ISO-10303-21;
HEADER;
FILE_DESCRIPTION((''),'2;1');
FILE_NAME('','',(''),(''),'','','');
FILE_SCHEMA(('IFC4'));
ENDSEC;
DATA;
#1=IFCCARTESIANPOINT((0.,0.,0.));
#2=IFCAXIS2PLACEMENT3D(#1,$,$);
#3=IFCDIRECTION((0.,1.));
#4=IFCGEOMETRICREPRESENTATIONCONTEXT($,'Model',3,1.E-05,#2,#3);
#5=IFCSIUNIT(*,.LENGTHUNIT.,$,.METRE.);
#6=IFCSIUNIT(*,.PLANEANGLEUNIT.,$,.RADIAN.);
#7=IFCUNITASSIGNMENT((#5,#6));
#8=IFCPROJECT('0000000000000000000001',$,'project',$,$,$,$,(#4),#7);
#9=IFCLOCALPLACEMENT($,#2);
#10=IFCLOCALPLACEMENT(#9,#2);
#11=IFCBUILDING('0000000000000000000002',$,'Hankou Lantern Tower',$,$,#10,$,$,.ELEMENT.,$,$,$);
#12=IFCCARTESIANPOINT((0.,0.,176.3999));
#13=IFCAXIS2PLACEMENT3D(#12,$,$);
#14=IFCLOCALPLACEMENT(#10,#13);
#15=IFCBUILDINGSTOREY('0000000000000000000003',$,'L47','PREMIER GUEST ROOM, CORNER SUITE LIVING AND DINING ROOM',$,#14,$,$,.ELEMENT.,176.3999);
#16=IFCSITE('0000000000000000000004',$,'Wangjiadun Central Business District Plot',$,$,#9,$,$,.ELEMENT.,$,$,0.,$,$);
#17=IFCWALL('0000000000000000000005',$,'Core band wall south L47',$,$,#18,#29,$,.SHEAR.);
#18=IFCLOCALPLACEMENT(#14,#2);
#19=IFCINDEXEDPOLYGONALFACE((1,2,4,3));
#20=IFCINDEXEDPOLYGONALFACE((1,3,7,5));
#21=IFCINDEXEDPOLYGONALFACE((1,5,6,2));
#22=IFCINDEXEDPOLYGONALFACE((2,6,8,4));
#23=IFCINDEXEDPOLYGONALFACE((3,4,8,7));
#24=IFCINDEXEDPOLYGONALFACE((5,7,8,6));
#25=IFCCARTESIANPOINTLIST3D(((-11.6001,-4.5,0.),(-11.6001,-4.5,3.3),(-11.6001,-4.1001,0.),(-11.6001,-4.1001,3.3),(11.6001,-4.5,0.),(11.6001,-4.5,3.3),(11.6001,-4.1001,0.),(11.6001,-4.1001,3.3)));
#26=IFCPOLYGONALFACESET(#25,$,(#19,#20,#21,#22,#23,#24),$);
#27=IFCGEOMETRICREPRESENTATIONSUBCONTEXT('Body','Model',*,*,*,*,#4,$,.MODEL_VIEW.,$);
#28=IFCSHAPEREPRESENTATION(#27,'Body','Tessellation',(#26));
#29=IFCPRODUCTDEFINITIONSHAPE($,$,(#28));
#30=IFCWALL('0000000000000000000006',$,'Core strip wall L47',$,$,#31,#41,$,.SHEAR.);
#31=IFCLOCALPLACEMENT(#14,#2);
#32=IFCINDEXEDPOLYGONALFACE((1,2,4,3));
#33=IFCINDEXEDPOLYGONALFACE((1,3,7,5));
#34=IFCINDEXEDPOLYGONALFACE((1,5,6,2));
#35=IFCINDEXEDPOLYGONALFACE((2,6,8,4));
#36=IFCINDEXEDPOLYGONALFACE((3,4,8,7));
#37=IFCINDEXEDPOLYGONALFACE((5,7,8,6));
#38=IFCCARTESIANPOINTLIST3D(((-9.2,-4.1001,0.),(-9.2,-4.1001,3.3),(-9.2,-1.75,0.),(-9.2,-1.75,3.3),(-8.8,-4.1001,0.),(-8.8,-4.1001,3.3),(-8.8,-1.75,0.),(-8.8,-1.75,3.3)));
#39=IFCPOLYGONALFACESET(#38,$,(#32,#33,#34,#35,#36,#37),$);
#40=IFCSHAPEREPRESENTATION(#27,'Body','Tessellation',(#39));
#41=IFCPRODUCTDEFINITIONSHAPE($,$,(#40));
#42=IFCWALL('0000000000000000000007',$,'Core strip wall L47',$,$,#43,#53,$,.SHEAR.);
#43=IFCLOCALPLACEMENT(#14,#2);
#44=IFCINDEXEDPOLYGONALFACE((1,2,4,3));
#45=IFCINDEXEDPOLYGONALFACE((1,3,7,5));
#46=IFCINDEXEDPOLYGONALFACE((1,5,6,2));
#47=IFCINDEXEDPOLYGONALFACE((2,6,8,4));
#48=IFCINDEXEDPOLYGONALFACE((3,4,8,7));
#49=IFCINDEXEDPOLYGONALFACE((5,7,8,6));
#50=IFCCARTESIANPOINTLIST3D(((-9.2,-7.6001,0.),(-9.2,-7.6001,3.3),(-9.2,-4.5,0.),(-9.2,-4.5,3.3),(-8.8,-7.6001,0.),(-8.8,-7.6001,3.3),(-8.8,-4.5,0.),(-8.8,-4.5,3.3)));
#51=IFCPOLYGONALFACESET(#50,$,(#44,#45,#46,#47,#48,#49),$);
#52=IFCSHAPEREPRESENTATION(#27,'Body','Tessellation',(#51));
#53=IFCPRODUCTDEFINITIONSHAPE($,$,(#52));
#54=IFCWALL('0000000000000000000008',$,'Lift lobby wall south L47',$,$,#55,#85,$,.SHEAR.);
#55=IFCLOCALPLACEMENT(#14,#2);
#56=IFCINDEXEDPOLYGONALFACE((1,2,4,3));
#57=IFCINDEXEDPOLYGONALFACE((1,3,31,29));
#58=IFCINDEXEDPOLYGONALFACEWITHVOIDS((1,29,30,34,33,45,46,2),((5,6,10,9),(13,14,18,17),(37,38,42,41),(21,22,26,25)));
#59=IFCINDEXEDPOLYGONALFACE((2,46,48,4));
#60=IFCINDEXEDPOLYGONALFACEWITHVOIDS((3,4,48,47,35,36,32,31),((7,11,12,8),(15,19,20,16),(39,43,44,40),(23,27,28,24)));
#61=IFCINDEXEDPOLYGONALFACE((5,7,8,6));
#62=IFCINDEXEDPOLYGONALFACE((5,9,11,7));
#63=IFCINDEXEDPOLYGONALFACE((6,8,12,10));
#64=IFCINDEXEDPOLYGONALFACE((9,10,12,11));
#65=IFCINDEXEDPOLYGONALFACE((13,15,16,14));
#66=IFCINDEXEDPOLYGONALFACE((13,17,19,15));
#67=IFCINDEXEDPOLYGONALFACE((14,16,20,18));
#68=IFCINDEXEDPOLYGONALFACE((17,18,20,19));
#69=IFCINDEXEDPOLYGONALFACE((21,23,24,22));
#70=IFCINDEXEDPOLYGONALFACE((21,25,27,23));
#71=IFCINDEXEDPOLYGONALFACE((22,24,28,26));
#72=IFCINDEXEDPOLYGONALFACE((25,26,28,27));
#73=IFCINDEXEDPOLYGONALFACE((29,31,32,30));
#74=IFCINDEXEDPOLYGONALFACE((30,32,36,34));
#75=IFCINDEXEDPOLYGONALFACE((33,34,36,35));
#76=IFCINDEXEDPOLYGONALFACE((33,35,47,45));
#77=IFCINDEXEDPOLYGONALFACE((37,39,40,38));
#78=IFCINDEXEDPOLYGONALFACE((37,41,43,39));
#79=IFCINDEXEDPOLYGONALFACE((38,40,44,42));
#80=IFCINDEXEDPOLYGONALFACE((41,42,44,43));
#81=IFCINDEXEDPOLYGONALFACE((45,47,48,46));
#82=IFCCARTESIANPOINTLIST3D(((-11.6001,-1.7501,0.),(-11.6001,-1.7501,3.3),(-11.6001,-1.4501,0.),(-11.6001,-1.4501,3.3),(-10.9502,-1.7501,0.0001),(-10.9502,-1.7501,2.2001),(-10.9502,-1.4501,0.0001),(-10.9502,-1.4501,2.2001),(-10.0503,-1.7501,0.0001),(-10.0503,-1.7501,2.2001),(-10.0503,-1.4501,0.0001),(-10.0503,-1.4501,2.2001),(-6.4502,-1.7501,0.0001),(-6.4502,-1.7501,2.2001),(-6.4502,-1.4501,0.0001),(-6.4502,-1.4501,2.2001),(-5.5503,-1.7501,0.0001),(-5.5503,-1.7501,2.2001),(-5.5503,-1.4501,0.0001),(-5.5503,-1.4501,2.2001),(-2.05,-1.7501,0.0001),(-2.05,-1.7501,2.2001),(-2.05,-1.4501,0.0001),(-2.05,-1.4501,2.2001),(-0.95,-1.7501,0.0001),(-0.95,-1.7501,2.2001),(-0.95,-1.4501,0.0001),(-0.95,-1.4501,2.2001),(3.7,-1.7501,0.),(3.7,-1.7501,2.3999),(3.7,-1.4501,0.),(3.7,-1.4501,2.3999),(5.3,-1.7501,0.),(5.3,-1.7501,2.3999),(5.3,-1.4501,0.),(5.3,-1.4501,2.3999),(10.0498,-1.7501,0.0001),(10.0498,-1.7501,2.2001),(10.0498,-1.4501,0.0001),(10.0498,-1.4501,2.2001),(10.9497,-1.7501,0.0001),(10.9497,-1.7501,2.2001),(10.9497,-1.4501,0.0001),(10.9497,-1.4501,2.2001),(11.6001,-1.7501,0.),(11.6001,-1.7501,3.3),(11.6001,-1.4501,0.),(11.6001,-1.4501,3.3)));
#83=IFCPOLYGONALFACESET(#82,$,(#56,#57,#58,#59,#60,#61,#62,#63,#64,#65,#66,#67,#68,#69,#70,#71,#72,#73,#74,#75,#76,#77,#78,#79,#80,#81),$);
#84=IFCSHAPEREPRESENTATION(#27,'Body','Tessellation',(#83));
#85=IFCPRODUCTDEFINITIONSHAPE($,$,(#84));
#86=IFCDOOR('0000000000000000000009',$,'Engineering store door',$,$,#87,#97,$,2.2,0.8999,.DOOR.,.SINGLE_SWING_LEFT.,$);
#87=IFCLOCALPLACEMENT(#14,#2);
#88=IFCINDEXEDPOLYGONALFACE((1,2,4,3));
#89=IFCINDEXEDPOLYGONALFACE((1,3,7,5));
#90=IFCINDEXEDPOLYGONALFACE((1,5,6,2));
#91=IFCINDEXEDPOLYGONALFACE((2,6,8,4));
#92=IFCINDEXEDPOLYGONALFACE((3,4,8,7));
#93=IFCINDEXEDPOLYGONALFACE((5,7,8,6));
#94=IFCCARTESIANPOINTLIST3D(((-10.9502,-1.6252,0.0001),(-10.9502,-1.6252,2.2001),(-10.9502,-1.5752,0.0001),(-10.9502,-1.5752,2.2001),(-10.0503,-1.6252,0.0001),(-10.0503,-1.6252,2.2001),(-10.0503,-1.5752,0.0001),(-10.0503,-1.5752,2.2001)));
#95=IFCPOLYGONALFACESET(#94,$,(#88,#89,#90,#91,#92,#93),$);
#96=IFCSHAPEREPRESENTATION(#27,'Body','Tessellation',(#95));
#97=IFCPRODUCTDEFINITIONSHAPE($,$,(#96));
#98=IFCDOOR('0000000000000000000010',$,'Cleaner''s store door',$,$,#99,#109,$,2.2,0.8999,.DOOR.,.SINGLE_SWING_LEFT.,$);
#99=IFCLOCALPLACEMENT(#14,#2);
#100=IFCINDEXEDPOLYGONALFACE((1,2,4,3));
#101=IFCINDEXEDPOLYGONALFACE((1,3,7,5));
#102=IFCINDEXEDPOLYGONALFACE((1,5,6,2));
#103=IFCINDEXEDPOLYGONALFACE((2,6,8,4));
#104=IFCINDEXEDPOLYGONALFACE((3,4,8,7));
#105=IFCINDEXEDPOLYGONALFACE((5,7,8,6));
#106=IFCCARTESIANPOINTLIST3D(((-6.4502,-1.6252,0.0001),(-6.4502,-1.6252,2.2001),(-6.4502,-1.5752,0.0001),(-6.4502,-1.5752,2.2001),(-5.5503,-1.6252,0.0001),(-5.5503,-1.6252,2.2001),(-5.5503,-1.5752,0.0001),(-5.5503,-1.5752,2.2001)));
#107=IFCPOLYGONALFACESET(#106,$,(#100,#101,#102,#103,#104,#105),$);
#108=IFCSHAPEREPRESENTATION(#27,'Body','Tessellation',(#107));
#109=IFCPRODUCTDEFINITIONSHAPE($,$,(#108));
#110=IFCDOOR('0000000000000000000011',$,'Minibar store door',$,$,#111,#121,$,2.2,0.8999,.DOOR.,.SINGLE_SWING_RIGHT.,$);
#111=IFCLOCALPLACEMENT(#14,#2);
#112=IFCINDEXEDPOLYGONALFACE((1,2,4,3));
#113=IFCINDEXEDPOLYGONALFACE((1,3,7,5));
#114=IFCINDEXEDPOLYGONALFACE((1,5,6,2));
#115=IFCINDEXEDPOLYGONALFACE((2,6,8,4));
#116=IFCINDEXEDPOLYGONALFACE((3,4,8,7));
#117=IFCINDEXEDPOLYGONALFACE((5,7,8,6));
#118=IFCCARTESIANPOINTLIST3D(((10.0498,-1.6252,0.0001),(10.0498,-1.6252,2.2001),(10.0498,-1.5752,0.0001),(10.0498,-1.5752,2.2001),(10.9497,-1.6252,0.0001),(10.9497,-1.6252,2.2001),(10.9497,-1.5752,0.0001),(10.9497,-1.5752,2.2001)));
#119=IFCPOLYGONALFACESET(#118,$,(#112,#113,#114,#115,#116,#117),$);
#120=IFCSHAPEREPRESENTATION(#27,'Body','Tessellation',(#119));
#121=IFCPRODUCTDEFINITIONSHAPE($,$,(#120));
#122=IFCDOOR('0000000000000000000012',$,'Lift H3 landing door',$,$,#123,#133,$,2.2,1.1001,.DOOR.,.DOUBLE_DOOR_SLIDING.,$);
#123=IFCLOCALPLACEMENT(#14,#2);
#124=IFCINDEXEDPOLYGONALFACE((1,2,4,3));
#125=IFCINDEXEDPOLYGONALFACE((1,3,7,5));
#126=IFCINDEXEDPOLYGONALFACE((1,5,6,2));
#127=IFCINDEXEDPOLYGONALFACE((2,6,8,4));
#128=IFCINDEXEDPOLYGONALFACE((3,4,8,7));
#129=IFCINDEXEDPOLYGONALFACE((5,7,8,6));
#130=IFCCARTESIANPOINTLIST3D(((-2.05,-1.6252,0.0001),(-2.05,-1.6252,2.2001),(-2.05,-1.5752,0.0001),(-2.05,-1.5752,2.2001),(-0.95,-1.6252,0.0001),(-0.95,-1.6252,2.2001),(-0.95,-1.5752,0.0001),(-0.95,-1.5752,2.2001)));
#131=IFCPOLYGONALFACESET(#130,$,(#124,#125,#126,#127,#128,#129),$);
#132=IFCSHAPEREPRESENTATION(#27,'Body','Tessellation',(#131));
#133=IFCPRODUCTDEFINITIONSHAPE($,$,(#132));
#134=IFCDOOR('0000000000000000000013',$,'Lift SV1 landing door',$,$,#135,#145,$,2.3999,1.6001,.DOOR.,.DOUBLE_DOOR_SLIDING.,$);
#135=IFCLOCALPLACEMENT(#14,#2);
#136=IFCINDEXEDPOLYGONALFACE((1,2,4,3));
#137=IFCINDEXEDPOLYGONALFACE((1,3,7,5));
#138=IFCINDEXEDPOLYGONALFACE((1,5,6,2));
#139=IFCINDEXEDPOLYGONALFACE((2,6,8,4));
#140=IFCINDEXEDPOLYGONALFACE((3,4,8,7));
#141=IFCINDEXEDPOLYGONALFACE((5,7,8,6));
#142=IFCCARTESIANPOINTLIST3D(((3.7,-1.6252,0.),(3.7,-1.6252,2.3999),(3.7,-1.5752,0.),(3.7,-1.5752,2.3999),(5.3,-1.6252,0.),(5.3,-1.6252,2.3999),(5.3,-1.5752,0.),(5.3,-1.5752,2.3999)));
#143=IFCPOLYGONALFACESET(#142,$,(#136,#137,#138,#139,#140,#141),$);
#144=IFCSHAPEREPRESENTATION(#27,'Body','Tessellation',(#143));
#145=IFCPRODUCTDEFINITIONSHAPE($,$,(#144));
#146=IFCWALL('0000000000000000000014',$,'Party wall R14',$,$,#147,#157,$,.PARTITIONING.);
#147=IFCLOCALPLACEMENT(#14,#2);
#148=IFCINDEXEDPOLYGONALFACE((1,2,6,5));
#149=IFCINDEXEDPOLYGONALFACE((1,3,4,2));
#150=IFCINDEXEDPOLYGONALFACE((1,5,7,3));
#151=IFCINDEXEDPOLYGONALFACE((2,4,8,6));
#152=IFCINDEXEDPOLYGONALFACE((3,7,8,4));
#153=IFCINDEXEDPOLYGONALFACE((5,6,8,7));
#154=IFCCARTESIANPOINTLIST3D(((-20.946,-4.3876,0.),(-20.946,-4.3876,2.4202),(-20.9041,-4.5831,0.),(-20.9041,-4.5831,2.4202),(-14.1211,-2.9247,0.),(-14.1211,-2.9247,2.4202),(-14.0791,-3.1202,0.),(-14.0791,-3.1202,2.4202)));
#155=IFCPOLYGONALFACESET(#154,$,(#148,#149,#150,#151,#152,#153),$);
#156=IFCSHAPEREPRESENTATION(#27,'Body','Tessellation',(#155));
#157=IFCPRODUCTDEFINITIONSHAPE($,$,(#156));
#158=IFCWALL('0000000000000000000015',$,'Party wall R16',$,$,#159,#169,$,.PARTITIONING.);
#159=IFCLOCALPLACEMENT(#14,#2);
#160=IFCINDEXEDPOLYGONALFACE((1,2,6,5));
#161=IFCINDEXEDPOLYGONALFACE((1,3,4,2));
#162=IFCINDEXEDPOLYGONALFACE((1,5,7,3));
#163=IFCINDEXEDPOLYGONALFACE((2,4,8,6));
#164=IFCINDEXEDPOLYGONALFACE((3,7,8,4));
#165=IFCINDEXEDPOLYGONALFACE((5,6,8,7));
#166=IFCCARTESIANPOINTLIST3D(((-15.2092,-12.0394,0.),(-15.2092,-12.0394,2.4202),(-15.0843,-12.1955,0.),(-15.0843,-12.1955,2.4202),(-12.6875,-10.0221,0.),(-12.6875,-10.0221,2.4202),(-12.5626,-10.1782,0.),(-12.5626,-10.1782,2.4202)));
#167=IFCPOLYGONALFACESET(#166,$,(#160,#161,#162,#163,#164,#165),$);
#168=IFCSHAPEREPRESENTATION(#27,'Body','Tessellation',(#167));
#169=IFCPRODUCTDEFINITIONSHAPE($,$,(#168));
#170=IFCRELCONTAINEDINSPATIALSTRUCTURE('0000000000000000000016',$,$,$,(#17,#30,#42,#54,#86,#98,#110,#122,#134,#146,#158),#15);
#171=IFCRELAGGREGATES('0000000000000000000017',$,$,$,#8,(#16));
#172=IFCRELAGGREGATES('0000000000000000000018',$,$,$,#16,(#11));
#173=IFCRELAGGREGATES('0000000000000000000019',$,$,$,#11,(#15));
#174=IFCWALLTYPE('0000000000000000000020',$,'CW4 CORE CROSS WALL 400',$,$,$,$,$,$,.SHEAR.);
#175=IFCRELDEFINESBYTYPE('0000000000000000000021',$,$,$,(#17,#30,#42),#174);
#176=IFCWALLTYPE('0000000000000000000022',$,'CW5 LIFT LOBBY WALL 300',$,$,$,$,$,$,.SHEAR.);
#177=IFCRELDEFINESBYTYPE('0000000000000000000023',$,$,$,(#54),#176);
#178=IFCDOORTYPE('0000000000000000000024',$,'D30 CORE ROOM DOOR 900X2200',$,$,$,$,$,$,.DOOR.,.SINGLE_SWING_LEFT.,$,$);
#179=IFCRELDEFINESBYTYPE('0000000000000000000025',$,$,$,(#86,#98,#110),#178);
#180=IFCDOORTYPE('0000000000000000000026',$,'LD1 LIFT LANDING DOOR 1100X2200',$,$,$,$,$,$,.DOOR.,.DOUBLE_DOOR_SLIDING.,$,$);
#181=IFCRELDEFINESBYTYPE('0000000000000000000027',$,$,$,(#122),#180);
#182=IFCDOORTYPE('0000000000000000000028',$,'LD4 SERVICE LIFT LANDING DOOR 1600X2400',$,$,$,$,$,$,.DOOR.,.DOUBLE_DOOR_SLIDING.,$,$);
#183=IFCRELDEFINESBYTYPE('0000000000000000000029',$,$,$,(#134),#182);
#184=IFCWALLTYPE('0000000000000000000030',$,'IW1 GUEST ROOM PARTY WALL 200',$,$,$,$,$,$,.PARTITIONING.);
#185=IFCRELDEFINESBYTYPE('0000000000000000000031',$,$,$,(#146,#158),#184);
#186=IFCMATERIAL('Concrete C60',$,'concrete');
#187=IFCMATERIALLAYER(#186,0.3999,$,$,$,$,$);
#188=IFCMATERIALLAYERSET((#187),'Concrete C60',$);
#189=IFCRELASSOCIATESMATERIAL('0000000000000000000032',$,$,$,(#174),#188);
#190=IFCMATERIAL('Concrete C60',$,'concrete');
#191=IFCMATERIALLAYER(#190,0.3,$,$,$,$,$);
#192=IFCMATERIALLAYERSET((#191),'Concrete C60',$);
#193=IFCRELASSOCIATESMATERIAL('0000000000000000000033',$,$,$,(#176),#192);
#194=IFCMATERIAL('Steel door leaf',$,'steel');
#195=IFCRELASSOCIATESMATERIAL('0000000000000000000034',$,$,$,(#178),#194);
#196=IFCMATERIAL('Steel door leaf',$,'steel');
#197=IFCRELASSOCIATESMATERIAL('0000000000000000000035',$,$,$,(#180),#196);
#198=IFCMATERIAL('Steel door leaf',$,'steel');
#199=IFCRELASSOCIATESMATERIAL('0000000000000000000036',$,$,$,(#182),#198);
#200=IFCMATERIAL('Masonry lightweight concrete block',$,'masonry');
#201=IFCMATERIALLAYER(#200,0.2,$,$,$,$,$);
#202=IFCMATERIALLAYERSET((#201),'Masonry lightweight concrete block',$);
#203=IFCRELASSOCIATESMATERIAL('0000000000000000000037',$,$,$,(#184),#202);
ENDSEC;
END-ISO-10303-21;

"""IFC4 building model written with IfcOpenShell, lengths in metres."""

from ifc_helpers import new_model, si_unit, direction, frame, frame_2d, origin, place, context, subcontext, project, spatial, rectangle, extrude, material, layer, layer_set, type_object, element, fill, save


model = new_model("IFC4")

# Units and contexts
model_context = context("Model", 3, precision=1e-05, world=origin(), true_north=direction((0.0, 1.0)))
body_context = subcontext(model_context, "Body", "Model", "MODEL_VIEW")
ifc_project = project(units=[si_unit("LENGTHUNIT", "METRE"), si_unit("PLANEANGLEUNIT", "RADIAN")], contexts=[model_context])

# Site, building, storey
site_placement = place(None, origin())
site = spatial("IfcSite", under=ifc_project, at=site_placement, Name="Wangjiadun Central Business District Plot", CompositionType="ELEMENT", RefElevation=0.0)
building_placement = place(site_placement, origin())
building = spatial("IfcBuilding", under=site, at=building_placement, Name="Hankou Lantern Tower", CompositionType="ELEMENT")
storey_placement = place(building_placement, frame((0.0, 0.0, 176.3999)))
storey = spatial("IfcBuildingStorey", under=building, at=storey_placement, Name="L47", Description="PREMIER GUEST ROOM, CORNER SUITE LIVING AND DINING ROOM", CompositionType="ELEMENT", Elevation=176.3999)

# Walls
ifc_material_1 = material(Name="Concrete C60", Category="concrete")
ifc_layer_1 = layer(ifc_material_1, 0.3999)
ifc_layer_set_1 = layer_set([ifc_layer_1], Name="Concrete C60")
wall_type_1 = type_object("IfcWallType", Name="CW4 CORE CROSS WALL 400", PredefinedType="SHEAR", material=ifc_layer_set_1)
wall_1_placement = place(storey_placement, frame((-11.6001, -4.3, 0.0), z_axis=(0.0, 0.0, 1.0), x_axis=(1.0, 0.0, 0.0)))
element("IfcWall", 1, at=wall_1_placement, inside=storey, type_object=wall_type_1, Name="Core band wall south L47", PredefinedType="SHEAR", context=body_context, shape_type="SweptSolid", body=[
    extrude(rectangle(XDim=23.2002, YDim=0.3999, at=frame_2d((11.6001, 0.0))), origin(), (0.0, 0.0, 1.0), 3.3),
])
wall_2_placement = place(storey_placement, frame((-9.0, -4.1001, 0.0), z_axis=(0.0, 0.0, 1.0), x_axis=(0.0, 1.0, 0.0)))
element("IfcWall", 2, at=wall_2_placement, inside=storey, type_object=wall_type_1, Name="Core strip wall L47", PredefinedType="SHEAR", context=body_context, shape_type="SweptSolid", body=[
    extrude(rectangle(XDim=2.3501, YDim=0.3999, at=frame_2d((1.175, 0.0))), origin(), (0.0, 0.0, 1.0), 3.3),
])
wall_3_placement = place(storey_placement, frame((-9.0, -7.6001, 0.0), z_axis=(0.0, 0.0, 1.0), x_axis=(0.0, 1.0, 0.0)))
element("IfcWall", 3, at=wall_3_placement, inside=storey, type_object=wall_type_1, Name="Core strip wall L47", PredefinedType="SHEAR", context=body_context, shape_type="SweptSolid", body=[
    extrude(rectangle(XDim=3.1001, YDim=0.3999, at=frame_2d((1.55, 0.0))), origin(), (0.0, 0.0, 1.0), 3.3),
])

# Wall, openings, doors
ifc_material_2 = material(Name="Concrete C60", Category="concrete")
ifc_layer_2 = layer(ifc_material_2, 0.3)
ifc_layer_set_2 = layer_set([ifc_layer_2], Name="Concrete C60")
wall_type_2 = type_object("IfcWallType", Name="CW5 LIFT LOBBY WALL 300", PredefinedType="SHEAR", material=ifc_layer_set_2)
wall_4_placement = place(storey_placement, frame((-11.6001, -1.6001, 0.0), z_axis=(0.0, 0.0, 1.0), x_axis=(1.0, 0.0, 0.0)))
wall_4 = element("IfcWall", 4, at=wall_4_placement, inside=storey, type_object=wall_type_2, Name="Lift lobby wall south L47", PredefinedType="SHEAR", context=body_context, shape_type="SweptSolid", body=[
    extrude(rectangle(XDim=23.2002, YDim=0.3, at=frame_2d((11.6001, 0.0))), origin(), (0.0, 0.0, 1.0), 3.3),
])
opening_1_placement = place(wall_4_placement, frame((9.55, 0.0, 0.0)))
opening_1 = element("IfcOpeningElement", 5, at=opening_1_placement, cuts=wall_4, PredefinedType="OPENING", context=body_context, shape_type="SweptSolid", body=[
    extrude(rectangle(XDim=1.1001, YDim=2.2, at=frame_2d((0.55, 1.1001))), frame((0.0, 0.1599, 0.0), z_axis=(0.0, -1.0, 0.0), x_axis=(1.0, 0.0, 0.0)), (0.0, 0.0, 1.0), 0.3201),
])
opening_2_placement = place(wall_4_placement, frame((15.3, 0.0, 0.0)))
opening_2 = element("IfcOpeningElement", 6, at=opening_2_placement, cuts=wall_4, PredefinedType="OPENING", context=body_context, shape_type="SweptSolid", body=[
    extrude(rectangle(XDim=1.6001, YDim=2.3999, at=frame_2d((0.8, 1.2))), frame((0.0, 0.1599, 0.0), z_axis=(0.0, -1.0, 0.0), x_axis=(1.0, 0.0, 0.0)), (0.0, 0.0, 1.0), 0.3201),
])
opening_3_placement = place(wall_4_placement, frame((0.6499, 0.0, 0.0)))
opening_3 = element("IfcOpeningElement", 7, at=opening_3_placement, cuts=wall_4, PredefinedType="OPENING", context=body_context, shape_type="SweptSolid", body=[
    extrude(rectangle(XDim=0.8999, YDim=2.2, at=frame_2d((0.45, 1.1001))), frame((0.0, 0.1599, 0.0), z_axis=(0.0, -1.0, 0.0), x_axis=(1.0, 0.0, 0.0)), (0.0, 0.0, 1.0), 0.3201),
])
opening_4_placement = place(wall_4_placement, frame((5.1499, 0.0, 0.0)))
opening_4 = element("IfcOpeningElement", 8, at=opening_4_placement, cuts=wall_4, PredefinedType="OPENING", context=body_context, shape_type="SweptSolid", body=[
    extrude(rectangle(XDim=0.8999, YDim=2.2, at=frame_2d((0.45, 1.1001))), frame((0.0, 0.1599, 0.0), z_axis=(0.0, -1.0, 0.0), x_axis=(1.0, 0.0, 0.0)), (0.0, 0.0, 1.0), 0.3201),
])
opening_5_placement = place(wall_4_placement, frame((21.6499, 0.0, 0.0)))
opening_5 = element("IfcOpeningElement", 9, at=opening_5_placement, cuts=wall_4, PredefinedType="OPENING", context=body_context, shape_type="SweptSolid", body=[
    extrude(rectangle(XDim=0.8999, YDim=2.2, at=frame_2d((0.45, 1.1001))), frame((0.0, 0.1599, 0.0), z_axis=(0.0, -1.0, 0.0), x_axis=(1.0, 0.0, 0.0)), (0.0, 0.0, 1.0), 0.3201),
])
ifc_material_3 = material(Name="Steel door leaf", Category="steel")
door_type_1 = type_object("IfcDoorType", Name="D30 CORE ROOM DOOR 900X2200", OperationType="SINGLE_SWING_LEFT", PredefinedType="DOOR", material=ifc_material_3)
door_1_placement = place(opening_3_placement, origin())
door_1 = element("IfcDoor", 10, at=door_1_placement, inside=storey, type_object=door_type_1, Name="Engineering store door", OperationType="SINGLE_SWING_LEFT", OverallHeight=2.2, OverallWidth=0.8999, PredefinedType="DOOR", context=body_context, shape_type="SweptSolid", body=[
    extrude(rectangle(XDim=0.8999, YDim=2.2, at=frame_2d((0.45, 1.1001))), frame((0.0, 0.0249, 0.0), z_axis=(0.0, -1.0, 0.0), x_axis=(1.0, 0.0, 0.0)), (0.0, 0.0, 1.0), 0.05),
])
fill(opening_3, door_1)
door_2_placement = place(opening_4_placement, origin())
door_2 = element("IfcDoor", 11, at=door_2_placement, inside=storey, type_object=door_type_1, Name="Cleaner's store door", OperationType="SINGLE_SWING_LEFT", OverallHeight=2.2, OverallWidth=0.8999, PredefinedType="DOOR", context=body_context, shape_type="SweptSolid", body=[
    extrude(rectangle(XDim=0.8999, YDim=2.2, at=frame_2d((0.45, 1.1001))), frame((0.0, 0.0249, 0.0), z_axis=(0.0, -1.0, 0.0), x_axis=(1.0, 0.0, 0.0)), (0.0, 0.0, 1.0), 0.05),
])
fill(opening_4, door_2)
door_3_placement = place(opening_5_placement, origin())
door_3 = element("IfcDoor", 12, at=door_3_placement, inside=storey, type_object=door_type_1, Name="Minibar store door", OperationType="SINGLE_SWING_RIGHT", OverallHeight=2.2, OverallWidth=0.8999, PredefinedType="DOOR", context=body_context, shape_type="SweptSolid", body=[
    extrude(rectangle(XDim=0.8999, YDim=2.2, at=frame_2d((0.45, 1.1001))), frame((0.0, 0.0249, 0.0), z_axis=(0.0, -1.0, 0.0), x_axis=(1.0, 0.0, 0.0)), (0.0, 0.0, 1.0), 0.05),
])
fill(opening_5, door_3)
ifc_material_4 = material(Name="Steel door leaf", Category="steel")
door_type_2 = type_object("IfcDoorType", Name="LD1 LIFT LANDING DOOR 1100X2200", OperationType="DOUBLE_DOOR_SLIDING", PredefinedType="DOOR", material=ifc_material_4)
door_4_placement = place(opening_1_placement, origin())
door_4 = element("IfcDoor", 13, at=door_4_placement, inside=storey, type_object=door_type_2, Name="Lift H3 landing door", OperationType="DOUBLE_DOOR_SLIDING", OverallHeight=2.2, OverallWidth=1.1001, PredefinedType="DOOR", context=body_context, shape_type="SweptSolid", body=[
    extrude(rectangle(XDim=1.1001, YDim=2.2, at=frame_2d((0.55, 1.1001))), frame((0.0, 0.0249, 0.0), z_axis=(0.0, -1.0, 0.0), x_axis=(1.0, 0.0, 0.0)), (0.0, 0.0, 1.0), 0.05),
])
fill(opening_1, door_4)
ifc_material_5 = material(Name="Steel door leaf", Category="steel")
door_type_3 = type_object("IfcDoorType", Name="LD4 SERVICE LIFT LANDING DOOR 1600X2400", OperationType="DOUBLE_DOOR_SLIDING", PredefinedType="DOOR", material=ifc_material_5)
door_5_placement = place(opening_2_placement, origin())
door_5 = element("IfcDoor", 14, at=door_5_placement, inside=storey, type_object=door_type_3, Name="Lift SV1 landing door", OperationType="DOUBLE_DOOR_SLIDING", OverallHeight=2.3999, OverallWidth=1.6001, PredefinedType="DOOR", context=body_context, shape_type="SweptSolid", body=[
    extrude(rectangle(XDim=1.6001, YDim=2.3999, at=frame_2d((0.8, 1.2))), frame((0.0, 0.0249, 0.0), z_axis=(0.0, -1.0, 0.0), x_axis=(1.0, 0.0, 0.0)), (0.0, 0.0, 1.0), 0.05),
])
fill(opening_2, door_5)

# Walls
ifc_material_6 = material(Name="Masonry lightweight concrete block", Category="masonry")
ifc_layer_3 = layer(ifc_material_6, 0.2)
ifc_layer_set_3 = layer_set([ifc_layer_3], Name="Masonry lightweight concrete block")
wall_type_3 = type_object("IfcWallType", Name="IW1 GUEST ROOM PARTY WALL 200", PredefinedType="PARTITIONING", material=ifc_layer_set_3)
wall_5_placement = place(storey_placement, frame((-14.1001, -3.0225, 0.0), z_axis=(0.0, 0.0, 1.0), x_axis=(-0.977791, -0.209584, 0.0)))
element("IfcWall", 15, at=wall_5_placement, inside=storey, type_object=wall_type_3, Name="Party wall R14", PredefinedType="PARTITIONING", context=body_context, shape_type="SweptSolid", body=[
    extrude(rectangle(XDim=6.98, YDim=0.2, at=frame_2d((3.49, 0.0))), origin(), (0.0, 0.0, 1.0), 2.4202),
])
wall_6_placement = place(storey_placement, frame((-12.625, -10.1001, 0.0), z_axis=(0.0, 0.0, 1.0), x_axis=(-0.780876, -0.624686, 0.0)))
element("IfcWall", 16, at=wall_6_placement, inside=storey, type_object=wall_type_3, Name="Party wall R16", PredefinedType="PARTITIONING", context=body_context, shape_type="SweptSolid", body=[
    extrude(rectangle(XDim=3.2292, YDim=0.2, at=frame_2d((1.6147, 0.0))), origin(), (0.0, 0.0, 1.0), 2.4202),
])

save(model, "model.ifc")
